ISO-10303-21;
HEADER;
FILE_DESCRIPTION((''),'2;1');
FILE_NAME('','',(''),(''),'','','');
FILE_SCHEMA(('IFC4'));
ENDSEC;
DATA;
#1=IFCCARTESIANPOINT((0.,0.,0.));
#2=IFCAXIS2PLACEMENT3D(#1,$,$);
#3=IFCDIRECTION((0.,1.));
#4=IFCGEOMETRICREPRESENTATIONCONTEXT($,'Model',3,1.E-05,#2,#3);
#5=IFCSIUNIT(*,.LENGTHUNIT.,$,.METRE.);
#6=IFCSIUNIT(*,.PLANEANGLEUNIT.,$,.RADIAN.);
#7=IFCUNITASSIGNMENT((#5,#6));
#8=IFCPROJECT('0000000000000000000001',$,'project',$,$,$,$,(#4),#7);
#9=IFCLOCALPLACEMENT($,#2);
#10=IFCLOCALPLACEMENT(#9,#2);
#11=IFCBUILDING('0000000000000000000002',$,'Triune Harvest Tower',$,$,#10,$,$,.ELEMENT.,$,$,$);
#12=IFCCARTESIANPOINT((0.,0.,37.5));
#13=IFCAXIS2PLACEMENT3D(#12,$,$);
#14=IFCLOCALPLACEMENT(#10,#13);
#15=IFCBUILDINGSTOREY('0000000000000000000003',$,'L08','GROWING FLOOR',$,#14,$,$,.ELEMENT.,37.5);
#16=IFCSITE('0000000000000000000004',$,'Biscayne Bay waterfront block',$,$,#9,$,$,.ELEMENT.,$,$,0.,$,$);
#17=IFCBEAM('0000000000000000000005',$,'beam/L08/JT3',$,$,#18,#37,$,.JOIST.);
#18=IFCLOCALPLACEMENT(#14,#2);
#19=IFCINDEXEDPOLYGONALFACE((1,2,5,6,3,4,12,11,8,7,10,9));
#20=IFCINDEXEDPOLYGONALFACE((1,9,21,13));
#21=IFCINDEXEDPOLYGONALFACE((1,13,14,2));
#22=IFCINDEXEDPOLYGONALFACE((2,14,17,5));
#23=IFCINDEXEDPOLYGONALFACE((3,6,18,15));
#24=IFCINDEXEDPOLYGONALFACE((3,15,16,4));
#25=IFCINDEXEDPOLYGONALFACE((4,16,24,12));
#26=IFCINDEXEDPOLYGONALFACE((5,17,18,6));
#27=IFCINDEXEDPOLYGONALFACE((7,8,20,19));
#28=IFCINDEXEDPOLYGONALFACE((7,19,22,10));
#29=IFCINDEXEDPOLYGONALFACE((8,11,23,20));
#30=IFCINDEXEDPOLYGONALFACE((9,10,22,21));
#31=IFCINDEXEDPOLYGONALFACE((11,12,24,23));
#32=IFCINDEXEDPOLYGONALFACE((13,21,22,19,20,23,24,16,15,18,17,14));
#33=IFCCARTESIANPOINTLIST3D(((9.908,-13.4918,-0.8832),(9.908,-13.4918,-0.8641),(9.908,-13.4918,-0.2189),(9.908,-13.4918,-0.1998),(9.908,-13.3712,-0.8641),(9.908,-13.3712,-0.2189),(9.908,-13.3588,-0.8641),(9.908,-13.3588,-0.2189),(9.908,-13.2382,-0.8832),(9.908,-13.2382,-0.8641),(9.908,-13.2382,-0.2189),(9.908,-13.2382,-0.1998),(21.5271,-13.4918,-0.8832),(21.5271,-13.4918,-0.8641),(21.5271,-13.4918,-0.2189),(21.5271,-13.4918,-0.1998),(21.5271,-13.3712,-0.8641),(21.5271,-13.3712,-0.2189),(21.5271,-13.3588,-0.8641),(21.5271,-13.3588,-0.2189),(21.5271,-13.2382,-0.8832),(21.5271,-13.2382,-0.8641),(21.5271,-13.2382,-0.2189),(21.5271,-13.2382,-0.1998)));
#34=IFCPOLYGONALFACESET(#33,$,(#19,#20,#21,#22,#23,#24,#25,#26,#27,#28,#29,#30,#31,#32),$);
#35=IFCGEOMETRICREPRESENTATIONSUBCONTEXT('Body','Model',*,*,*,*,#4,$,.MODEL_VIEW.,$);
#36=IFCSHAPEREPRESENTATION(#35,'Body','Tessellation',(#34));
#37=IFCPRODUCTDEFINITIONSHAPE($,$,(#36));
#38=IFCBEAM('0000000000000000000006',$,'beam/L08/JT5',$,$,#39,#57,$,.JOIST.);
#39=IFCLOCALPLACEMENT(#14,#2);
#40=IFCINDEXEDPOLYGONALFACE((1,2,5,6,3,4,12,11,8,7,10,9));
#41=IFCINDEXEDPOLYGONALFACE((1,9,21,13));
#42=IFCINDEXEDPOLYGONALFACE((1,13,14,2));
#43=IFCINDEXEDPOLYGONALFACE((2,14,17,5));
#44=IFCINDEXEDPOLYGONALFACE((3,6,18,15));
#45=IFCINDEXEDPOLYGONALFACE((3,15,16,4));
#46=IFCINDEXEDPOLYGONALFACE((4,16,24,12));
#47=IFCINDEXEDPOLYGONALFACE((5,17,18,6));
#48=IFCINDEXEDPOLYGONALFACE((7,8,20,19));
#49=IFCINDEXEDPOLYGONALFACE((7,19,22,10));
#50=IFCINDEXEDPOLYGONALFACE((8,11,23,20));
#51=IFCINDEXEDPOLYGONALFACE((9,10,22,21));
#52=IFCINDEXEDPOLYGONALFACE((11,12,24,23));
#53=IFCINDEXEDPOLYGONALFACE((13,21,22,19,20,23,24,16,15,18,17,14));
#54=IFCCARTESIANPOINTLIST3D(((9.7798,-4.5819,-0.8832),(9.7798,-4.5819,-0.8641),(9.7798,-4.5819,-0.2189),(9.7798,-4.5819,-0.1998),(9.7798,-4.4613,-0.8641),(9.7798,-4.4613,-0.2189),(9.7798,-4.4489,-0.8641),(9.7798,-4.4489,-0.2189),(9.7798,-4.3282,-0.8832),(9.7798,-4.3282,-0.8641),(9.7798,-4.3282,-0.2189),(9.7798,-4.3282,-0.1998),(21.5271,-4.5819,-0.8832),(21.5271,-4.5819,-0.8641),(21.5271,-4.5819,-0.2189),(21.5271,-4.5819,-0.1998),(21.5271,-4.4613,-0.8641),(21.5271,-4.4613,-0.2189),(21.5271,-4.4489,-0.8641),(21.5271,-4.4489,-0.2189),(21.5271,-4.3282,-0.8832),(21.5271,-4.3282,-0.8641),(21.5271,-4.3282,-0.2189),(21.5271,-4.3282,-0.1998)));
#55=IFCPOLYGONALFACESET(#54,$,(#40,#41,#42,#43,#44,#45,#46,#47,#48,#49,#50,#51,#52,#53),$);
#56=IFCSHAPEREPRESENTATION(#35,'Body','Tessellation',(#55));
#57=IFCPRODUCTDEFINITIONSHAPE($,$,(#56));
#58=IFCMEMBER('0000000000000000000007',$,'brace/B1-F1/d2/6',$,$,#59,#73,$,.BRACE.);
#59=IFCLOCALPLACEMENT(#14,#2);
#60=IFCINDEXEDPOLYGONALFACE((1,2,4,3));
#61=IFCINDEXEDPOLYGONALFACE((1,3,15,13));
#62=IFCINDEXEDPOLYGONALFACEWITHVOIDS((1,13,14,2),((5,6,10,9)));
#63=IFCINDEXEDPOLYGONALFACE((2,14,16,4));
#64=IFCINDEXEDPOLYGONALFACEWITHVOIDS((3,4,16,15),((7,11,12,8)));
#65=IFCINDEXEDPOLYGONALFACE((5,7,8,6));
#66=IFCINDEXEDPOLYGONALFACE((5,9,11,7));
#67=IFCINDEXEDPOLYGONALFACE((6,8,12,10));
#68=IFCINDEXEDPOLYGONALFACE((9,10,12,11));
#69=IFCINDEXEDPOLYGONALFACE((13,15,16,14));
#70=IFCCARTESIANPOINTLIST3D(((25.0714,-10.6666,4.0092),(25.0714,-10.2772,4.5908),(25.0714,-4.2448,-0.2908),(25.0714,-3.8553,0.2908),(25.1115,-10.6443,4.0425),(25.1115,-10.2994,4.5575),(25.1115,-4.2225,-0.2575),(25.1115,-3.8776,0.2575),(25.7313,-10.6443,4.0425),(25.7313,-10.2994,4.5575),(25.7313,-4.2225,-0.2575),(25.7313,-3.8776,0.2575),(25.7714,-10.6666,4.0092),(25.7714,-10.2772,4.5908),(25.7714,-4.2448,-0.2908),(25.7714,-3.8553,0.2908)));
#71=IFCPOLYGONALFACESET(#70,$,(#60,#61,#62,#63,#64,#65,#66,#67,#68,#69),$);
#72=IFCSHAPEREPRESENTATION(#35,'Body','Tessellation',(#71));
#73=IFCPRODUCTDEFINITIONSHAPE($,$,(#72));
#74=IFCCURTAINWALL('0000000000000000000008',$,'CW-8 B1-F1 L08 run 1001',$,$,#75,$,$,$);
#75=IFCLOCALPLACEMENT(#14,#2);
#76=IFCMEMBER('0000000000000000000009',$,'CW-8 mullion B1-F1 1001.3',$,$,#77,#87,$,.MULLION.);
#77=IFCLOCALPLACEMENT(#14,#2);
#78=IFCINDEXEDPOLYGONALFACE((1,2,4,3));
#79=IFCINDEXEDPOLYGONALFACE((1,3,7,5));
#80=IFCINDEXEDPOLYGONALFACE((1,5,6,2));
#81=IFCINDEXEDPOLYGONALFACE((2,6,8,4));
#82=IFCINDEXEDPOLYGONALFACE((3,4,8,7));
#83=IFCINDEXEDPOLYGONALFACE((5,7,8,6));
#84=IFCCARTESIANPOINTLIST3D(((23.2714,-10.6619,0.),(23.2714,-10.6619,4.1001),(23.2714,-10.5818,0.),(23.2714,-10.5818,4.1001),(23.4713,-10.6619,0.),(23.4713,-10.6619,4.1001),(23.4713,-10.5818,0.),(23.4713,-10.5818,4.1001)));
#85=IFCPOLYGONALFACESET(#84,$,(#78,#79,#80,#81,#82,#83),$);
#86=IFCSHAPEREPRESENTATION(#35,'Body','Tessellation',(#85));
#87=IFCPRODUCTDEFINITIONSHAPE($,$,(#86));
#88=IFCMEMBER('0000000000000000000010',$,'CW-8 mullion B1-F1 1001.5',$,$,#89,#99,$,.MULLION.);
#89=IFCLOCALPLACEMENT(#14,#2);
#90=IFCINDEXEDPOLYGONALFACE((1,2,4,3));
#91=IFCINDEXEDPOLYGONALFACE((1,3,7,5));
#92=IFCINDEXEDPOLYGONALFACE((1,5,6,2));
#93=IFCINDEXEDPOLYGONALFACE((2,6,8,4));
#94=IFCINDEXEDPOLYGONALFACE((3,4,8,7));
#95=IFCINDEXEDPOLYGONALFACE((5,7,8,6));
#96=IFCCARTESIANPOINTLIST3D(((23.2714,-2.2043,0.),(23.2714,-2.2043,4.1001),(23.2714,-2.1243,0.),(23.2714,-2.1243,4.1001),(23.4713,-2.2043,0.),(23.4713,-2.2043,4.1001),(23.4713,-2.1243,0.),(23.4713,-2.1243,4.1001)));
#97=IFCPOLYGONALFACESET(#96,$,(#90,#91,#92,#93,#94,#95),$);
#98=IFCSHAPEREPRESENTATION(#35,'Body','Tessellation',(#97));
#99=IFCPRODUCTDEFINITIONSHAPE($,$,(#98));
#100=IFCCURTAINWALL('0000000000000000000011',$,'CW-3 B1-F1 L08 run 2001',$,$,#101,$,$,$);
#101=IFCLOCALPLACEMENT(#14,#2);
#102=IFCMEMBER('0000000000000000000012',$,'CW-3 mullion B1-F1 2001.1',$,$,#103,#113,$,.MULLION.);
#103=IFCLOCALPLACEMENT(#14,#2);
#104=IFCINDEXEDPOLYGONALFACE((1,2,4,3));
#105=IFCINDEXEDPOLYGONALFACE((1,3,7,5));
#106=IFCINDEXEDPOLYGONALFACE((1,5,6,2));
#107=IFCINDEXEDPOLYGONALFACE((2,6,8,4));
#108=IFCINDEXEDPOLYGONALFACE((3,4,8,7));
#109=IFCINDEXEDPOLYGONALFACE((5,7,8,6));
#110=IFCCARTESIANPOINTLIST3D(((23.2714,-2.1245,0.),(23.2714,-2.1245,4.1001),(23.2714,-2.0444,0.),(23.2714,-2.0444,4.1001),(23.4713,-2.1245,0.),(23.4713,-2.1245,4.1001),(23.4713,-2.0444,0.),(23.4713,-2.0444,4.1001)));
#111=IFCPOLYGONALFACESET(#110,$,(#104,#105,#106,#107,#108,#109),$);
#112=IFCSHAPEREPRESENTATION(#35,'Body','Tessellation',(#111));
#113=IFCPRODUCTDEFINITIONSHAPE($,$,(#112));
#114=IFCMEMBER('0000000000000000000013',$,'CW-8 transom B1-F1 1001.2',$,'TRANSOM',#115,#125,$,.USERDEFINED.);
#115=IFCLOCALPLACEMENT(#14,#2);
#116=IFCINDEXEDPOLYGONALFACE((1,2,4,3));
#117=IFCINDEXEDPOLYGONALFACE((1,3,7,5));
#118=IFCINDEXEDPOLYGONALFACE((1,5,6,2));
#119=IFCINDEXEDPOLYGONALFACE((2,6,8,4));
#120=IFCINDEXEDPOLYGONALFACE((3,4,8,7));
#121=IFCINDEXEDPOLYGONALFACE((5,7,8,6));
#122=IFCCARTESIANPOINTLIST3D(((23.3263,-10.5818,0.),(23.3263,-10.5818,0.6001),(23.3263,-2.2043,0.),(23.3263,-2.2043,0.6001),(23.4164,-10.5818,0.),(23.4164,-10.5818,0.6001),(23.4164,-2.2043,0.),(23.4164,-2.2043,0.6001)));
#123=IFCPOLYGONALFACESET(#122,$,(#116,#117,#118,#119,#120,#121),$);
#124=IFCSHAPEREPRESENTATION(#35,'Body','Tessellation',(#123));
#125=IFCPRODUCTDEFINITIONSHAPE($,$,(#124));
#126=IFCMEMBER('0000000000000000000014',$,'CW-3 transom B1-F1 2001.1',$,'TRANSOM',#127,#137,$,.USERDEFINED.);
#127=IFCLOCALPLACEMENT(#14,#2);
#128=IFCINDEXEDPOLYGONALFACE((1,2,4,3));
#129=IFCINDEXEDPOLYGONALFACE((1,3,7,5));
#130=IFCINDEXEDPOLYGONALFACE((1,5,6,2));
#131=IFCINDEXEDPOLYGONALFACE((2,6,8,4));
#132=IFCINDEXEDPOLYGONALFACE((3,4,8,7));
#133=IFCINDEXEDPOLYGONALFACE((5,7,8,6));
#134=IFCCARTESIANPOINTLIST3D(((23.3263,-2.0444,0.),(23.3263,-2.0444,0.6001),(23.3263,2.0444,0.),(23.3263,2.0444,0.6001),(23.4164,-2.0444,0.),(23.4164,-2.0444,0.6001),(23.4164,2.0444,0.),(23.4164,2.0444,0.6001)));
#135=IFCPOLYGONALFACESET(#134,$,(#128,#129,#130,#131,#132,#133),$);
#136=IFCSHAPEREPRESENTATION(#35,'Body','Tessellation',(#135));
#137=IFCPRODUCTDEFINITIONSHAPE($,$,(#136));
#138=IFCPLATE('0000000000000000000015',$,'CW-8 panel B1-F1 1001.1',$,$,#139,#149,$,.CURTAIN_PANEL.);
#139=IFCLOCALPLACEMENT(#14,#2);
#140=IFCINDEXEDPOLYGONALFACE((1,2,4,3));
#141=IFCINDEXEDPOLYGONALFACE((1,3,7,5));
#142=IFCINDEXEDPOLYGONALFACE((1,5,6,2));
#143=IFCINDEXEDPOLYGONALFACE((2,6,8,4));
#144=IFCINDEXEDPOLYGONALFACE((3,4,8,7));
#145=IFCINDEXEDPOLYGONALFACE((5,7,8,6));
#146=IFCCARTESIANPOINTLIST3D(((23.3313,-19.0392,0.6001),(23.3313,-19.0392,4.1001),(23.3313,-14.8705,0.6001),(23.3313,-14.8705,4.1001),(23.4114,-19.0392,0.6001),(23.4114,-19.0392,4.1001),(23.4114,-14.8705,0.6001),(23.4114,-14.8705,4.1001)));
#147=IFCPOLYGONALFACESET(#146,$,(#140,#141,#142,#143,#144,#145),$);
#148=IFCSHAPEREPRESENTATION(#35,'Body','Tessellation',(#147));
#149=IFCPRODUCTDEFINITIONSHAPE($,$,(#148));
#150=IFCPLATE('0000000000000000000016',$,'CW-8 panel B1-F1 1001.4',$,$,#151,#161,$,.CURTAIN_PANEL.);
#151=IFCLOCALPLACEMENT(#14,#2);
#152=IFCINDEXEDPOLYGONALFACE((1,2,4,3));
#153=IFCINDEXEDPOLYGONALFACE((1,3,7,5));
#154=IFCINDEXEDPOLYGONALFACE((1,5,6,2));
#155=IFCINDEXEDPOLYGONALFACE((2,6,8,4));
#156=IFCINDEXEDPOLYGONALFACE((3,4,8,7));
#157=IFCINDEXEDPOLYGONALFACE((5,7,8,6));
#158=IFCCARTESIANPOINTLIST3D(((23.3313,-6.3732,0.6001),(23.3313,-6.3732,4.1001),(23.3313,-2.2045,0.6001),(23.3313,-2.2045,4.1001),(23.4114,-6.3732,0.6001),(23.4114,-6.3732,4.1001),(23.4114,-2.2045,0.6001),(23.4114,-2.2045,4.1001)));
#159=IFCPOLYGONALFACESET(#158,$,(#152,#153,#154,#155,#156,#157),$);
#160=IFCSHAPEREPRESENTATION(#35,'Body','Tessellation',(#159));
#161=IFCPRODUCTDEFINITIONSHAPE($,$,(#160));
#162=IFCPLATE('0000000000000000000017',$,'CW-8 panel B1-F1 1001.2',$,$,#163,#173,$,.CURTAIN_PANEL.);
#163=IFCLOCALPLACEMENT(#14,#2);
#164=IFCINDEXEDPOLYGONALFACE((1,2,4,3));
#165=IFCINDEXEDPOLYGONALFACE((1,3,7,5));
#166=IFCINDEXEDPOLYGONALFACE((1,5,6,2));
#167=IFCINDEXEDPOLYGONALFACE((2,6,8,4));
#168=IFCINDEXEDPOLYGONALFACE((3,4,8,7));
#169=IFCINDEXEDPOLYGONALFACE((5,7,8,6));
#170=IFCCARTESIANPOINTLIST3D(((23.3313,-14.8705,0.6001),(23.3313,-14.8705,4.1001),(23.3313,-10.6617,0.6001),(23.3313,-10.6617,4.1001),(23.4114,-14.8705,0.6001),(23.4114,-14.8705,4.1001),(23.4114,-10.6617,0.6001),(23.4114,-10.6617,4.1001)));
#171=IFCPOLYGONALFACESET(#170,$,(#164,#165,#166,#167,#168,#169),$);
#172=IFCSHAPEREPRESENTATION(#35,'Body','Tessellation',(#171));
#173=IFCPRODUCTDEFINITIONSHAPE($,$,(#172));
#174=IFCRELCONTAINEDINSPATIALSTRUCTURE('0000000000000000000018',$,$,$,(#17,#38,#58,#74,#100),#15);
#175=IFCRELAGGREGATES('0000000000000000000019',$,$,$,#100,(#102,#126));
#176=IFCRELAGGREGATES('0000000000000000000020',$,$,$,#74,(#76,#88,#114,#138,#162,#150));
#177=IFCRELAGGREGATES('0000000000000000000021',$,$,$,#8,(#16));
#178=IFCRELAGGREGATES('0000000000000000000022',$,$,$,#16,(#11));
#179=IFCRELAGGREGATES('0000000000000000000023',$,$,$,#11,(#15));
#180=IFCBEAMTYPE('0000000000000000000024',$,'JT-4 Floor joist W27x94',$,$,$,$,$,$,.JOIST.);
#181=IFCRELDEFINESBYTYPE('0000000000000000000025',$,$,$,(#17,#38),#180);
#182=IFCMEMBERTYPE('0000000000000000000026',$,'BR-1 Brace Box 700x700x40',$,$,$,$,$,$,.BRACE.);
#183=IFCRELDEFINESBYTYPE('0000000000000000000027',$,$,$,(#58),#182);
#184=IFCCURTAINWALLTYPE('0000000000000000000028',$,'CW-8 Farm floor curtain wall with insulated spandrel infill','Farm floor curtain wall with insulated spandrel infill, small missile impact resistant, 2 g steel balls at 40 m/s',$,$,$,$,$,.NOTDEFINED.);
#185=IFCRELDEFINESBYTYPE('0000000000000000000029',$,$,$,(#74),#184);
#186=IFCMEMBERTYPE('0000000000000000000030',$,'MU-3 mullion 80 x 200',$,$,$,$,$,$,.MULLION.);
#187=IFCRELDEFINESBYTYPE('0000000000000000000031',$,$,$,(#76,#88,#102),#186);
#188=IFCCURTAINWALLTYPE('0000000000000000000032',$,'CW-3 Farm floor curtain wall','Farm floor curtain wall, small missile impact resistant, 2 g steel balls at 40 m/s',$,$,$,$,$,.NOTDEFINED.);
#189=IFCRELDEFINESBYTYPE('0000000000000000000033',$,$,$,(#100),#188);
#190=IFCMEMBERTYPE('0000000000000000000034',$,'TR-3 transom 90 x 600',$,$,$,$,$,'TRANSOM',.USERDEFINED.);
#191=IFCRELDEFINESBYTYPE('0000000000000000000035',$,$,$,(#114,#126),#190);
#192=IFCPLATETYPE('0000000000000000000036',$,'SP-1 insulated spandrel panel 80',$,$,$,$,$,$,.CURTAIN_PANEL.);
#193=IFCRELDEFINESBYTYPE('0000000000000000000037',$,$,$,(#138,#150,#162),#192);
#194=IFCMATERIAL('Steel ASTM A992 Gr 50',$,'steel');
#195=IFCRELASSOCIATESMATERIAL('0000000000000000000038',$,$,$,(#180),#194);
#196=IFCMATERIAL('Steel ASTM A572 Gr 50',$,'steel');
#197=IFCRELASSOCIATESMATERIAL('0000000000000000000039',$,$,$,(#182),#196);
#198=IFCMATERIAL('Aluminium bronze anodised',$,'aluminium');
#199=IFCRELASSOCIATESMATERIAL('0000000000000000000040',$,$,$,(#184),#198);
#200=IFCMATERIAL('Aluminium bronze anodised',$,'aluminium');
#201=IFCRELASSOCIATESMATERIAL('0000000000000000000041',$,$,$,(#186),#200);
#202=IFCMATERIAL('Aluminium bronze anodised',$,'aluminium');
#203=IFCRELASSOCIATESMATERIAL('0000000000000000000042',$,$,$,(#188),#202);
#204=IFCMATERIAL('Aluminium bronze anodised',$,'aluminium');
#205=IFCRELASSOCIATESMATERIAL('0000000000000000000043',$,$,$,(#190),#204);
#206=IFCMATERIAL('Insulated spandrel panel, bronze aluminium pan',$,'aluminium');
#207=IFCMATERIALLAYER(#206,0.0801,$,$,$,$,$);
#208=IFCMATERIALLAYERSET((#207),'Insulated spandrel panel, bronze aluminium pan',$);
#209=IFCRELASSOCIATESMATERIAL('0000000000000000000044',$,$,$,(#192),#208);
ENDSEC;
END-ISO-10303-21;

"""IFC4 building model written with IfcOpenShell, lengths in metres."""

from ifc_helpers import new_model, si_unit, direction, frame, origin, origin_2d, place, context, subcontext, project, spatial, rectangle, hollow_rectangle, i_section, extrude, source, transform, mapped, material, layer, layer_set, material_profile, profile_set, type_object, element, aggregate, save


model = new_model("IFC4")

# Units and contexts
model_context = context("Model", 3, precision=1e-05, world=origin(), true_north=direction((0.0, 1.0)))
body_context = subcontext(model_context, "Body", "Model", "MODEL_VIEW")
ifc_project = project(units=[si_unit("LENGTHUNIT", "METRE"), si_unit("PLANEANGLEUNIT", "RADIAN")], contexts=[model_context])

# Site, building, storey
site_placement = place(None, origin())
site = spatial("IfcSite", under=ifc_project, at=site_placement, Name="Biscayne Bay waterfront block", CompositionType="ELEMENT", RefElevation=0.0)
building_placement = place(site_placement, origin())
building = spatial("IfcBuilding", under=site, at=building_placement, Name="Triune Harvest Tower", CompositionType="ELEMENT")
storey_placement = place(building_placement, frame((0.0, 0.0, 37.5)))
storey = spatial("IfcBuildingStorey", under=building, at=storey_placement, Name="L08", Description="GROWING FLOOR", CompositionType="ELEMENT", Elevation=37.5)

# Beams
ifc_material_1 = material(Name="Steel ASTM A992 Gr 50", Category="steel")
ifc_material_profile_1 = material_profile(ifc_material_1, i_section(OverallWidth=0.2537, OverallDepth=0.6833, WebThickness=0.0125, FlangeThickness=0.019, at=origin_2d()), Name="W27x94")
ifc_profile_set_1 = profile_set([ifc_material_profile_1], Name="Steel ASTM A992 Gr 50")
beam_type_1 = type_object("IfcBeamType", Name="JT-4 Floor joist W27x94", PredefinedType="JOIST", material=ifc_profile_set_1)
shared_shape_1 = source(origin(), body_context, "Body", "SweptSolid", [
    extrude(i_section(OverallWidth=0.2537, OverallDepth=0.6833, WebThickness=0.0125, FlangeThickness=0.019, at=origin_2d()), origin(), (0.0, 0.0, 1.0), 11.6191),
])
beam_1_placement = place(storey_placement, frame((21.5271, -13.365, -0.5415), z_axis=(-1.0, 0.0, 0.0), x_axis=(0.0, -1.0, 0.0)))
element("IfcBeam", 1, at=beam_1_placement, inside=storey, type_object=beam_type_1, Name="beam/L08/JT3", PredefinedType="JOIST", context=body_context, shape_type="MappedRepresentation", body=[
    mapped(shared_shape_1, transform((0.0, 0.0, 0.0), scale=1.0)),
])
shared_shape_2 = source(origin(), body_context, "Body", "SweptSolid", [
    extrude(i_section(OverallWidth=0.2537, OverallDepth=0.6833, WebThickness=0.0125, FlangeThickness=0.019, at=origin_2d()), origin(), (0.0, 0.0, 1.0), 11.7473),
])
beam_2_placement = place(storey_placement, frame((21.5271, -4.4551, -0.5415), z_axis=(-1.0, 0.0, 0.0), x_axis=(0.0, -1.0, 0.0)))
element("IfcBeam", 2, at=beam_2_placement, inside=storey, type_object=beam_type_1, Name="beam/L08/JT5", PredefinedType="JOIST", context=body_context, shape_type="MappedRepresentation", body=[
    mapped(shared_shape_2, transform((0.0, 0.0, 0.0), scale=1.0)),
])

# Member
ifc_material_2 = material(Name="Steel ASTM A572 Gr 50", Category="steel")
ifc_material_profile_2 = material_profile(ifc_material_2, hollow_rectangle(XDim=0.7, YDim=0.7, WallThickness=0.04, at=origin_2d()), Name="Box 700x700x40")
ifc_profile_set_2 = profile_set([ifc_material_profile_2], Name="Steel ASTM A572 Gr 50")
member_type_1 = type_object("IfcMemberType", Name="BR-1 Brace Box 700x700x40", PredefinedType="BRACE", material=ifc_profile_set_2)
shared_shape_3 = source(origin(), body_context, "Body", "SweptSolid", [
    extrude(hollow_rectangle(XDim=0.7, YDim=0.7, WallThickness=0.04, at=origin_2d()), origin(), (0.0, 0.0, 1.0), 7.7285),
])
member_1_placement = place(storey_placement, frame((25.4214, -4.05, 0.0), z_axis=(0.0, -0.830926, 0.556383), x_axis=(1.0, 0.0, 0.0)))
element("IfcMember", 3, at=member_1_placement, inside=storey, type_object=member_type_1, Name="brace/B1-F1/d2/6", PredefinedType="BRACE", context=body_context, shape_type="MappedRepresentation", body=[
    mapped(shared_shape_3, transform((0.0, 0.0, 0.0), scale=1.0)),
])

# Curtain wall, members
ifc_material_3 = material(Name="Aluminium bronze anodised", Category="aluminium")
curtain_wall_type_1 = type_object("IfcCurtainWallType", Name="CW-8 Farm floor curtain wall with insulated spandrel infill", Description="Farm floor curtain wall with insulated spandrel infill, small missile impact resistant, 2 g steel balls at 40 m/s", PredefinedType="NOTDEFINED", material=ifc_material_3)
curtain_wall_1_placement = place(storey_placement, origin())
curtain_wall_1 = element("IfcCurtainWall", 4, at=curtain_wall_1_placement, inside=storey, type_object=curtain_wall_type_1, Name="CW-8 B1-F1 L08 run 1001")
ifc_material_4 = material(Name="Aluminium bronze anodised", Category="aluminium")
ifc_material_profile_3 = material_profile(ifc_material_4, rectangle(XDim=0.2, YDim=0.0801, at=origin_2d()), Name="MU-3 mullion 80 x 200")
ifc_profile_set_3 = profile_set([ifc_material_profile_3], Name="Aluminium bronze anodised")
member_type_2 = type_object("IfcMemberType", Name="MU-3 mullion 80 x 200", PredefinedType="MULLION", material=ifc_profile_set_3)
shared_shape_4 = source(origin(), body_context, "Body", "SweptSolid", [
    extrude(rectangle(XDim=0.2, YDim=0.0801, at=origin_2d()), origin(), (0.0, 0.0, 1.0), 4.1001),
])
member_2_placement = place(storey_placement, frame((23.3713, -10.6218, 0.0), z_axis=(0.0, 0.0, 1.0), x_axis=(-1.0, 0.0, 0.0)))
member_2 = element("IfcMember", 5, at=member_2_placement, type_object=member_type_2, Name="CW-8 mullion B1-F1 1001.3", PredefinedType="MULLION", context=body_context, shape_type="MappedRepresentation", body=[
    mapped(shared_shape_4, transform((0.0, 0.0, 0.0), scale=1.0)),
])
member_3_placement = place(storey_placement, frame((23.3713, -2.1643, 0.0), z_axis=(0.0, 0.0, 1.0), x_axis=(-1.0, 0.0, 0.0)))
member_3 = element("IfcMember", 6, at=member_3_placement, type_object=member_type_2, Name="CW-8 mullion B1-F1 1001.5", PredefinedType="MULLION", context=body_context, shape_type="MappedRepresentation", body=[
    mapped(shared_shape_4, transform((0.0, 0.0, 0.0), scale=1.0)),
])

# Curtain wall, member
ifc_material_5 = material(Name="Aluminium bronze anodised", Category="aluminium")
curtain_wall_type_2 = type_object("IfcCurtainWallType", Name="CW-3 Farm floor curtain wall", Description="Farm floor curtain wall, small missile impact resistant, 2 g steel balls at 40 m/s", PredefinedType="NOTDEFINED", material=ifc_material_5)
curtain_wall_2_placement = place(storey_placement, origin())
curtain_wall_2 = element("IfcCurtainWall", 7, at=curtain_wall_2_placement, inside=storey, type_object=curtain_wall_type_2, Name="CW-3 B1-F1 L08 run 2001")
member_4_placement = place(storey_placement, frame((23.3713, -2.0845, 0.0), z_axis=(0.0, 0.0, 1.0), x_axis=(-1.0, 0.0, 0.0)))
member_4 = element("IfcMember", 8, at=member_4_placement, type_object=member_type_2, Name="CW-3 mullion B1-F1 2001.1", PredefinedType="MULLION", context=body_context, shape_type="MappedRepresentation", body=[
    mapped(shared_shape_4, transform((0.0, 0.0, 0.0), scale=1.0)),
])

# Members
ifc_material_6 = material(Name="Aluminium bronze anodised", Category="aluminium")
ifc_material_profile_4 = material_profile(ifc_material_6, rectangle(XDim=0.0901, YDim=0.6001, at=origin_2d()), Name="TR-3 transom 90 x 600")
ifc_profile_set_4 = profile_set([ifc_material_profile_4], Name="Aluminium bronze anodised")
member_type_3 = type_object("IfcMemberType", Name="TR-3 transom 90 x 600", ElementType="TRANSOM", PredefinedType="USERDEFINED", material=ifc_profile_set_4)
shared_shape_5 = source(origin(), body_context, "Body", "SweptSolid", [
    extrude(rectangle(XDim=0.0901, YDim=0.6001, at=origin_2d()), origin(), (0.0, 0.0, 1.0), 8.3774),
])
member_5_placement = place(storey_placement, frame((23.3713, -10.5818, 0.3), z_axis=(0.0, 1.0, 0.0), x_axis=(-1.0, 0.0, 0.0)))
member_5 = element("IfcMember", 9, at=member_5_placement, type_object=member_type_3, Name="CW-8 transom B1-F1 1001.2", ObjectType="TRANSOM", PredefinedType="USERDEFINED", context=body_context, shape_type="MappedRepresentation", body=[
    mapped(shared_shape_5, transform((0.0, 0.0, 0.0), scale=1.0)),
])
shared_shape_6 = source(origin(), body_context, "Body", "SweptSolid", [
    extrude(rectangle(XDim=0.0901, YDim=0.6001, at=origin_2d()), origin(), (0.0, 0.0, 1.0), 4.0889),
])
member_6_placement = place(storey_placement, frame((23.3713, -2.0444, 0.3), z_axis=(0.0, 1.0, 0.0), x_axis=(-1.0, 0.0, 0.0)))
member_6 = element("IfcMember", 10, at=member_6_placement, type_object=member_type_3, Name="CW-3 transom B1-F1 2001.1", ObjectType="TRANSOM", PredefinedType="USERDEFINED", context=body_context, shape_type="MappedRepresentation", body=[
    mapped(shared_shape_6, transform((0.0, 0.0, 0.0), scale=1.0)),
])
aggregate(curtain_wall_2, [member_4, member_6])

# Plates
ifc_material_7 = material(Name="Insulated spandrel panel, bronze aluminium pan", Category="aluminium")
ifc_layer_1 = layer(ifc_material_7, 0.0801)
ifc_layer_set_1 = layer_set([ifc_layer_1], Name="Insulated spandrel panel, bronze aluminium pan")
plate_type = type_object("IfcPlateType", Name="SP-1 insulated spandrel panel 80", PredefinedType="CURTAIN_PANEL", material=ifc_layer_set_1)
shared_shape_7 = source(origin(), body_context, "Body", "SweptSolid", [
    extrude(rectangle(XDim=4.1687, YDim=0.0801, at=origin_2d()), origin(), (0.0, 0.0, 1.0), 3.5),
])
plate_1_placement = place(storey_placement, frame((23.3713, -16.9548, 0.6001), z_axis=(0.0, 0.0, 1.0), x_axis=(0.0, 1.0, 0.0)))
plate_1 = element("IfcPlate", 11, at=plate_1_placement, type_object=plate_type, Name="CW-8 panel B1-F1 1001.1", PredefinedType="CURTAIN_PANEL", context=body_context, shape_type="MappedRepresentation", body=[
    mapped(shared_shape_7, transform((0.0, 0.0, 0.0), scale=1.0)),
])
plate_2_placement = place(storey_placement, frame((23.3713, -4.2888, 0.6001), z_axis=(0.0, 0.0, 1.0), x_axis=(0.0, 1.0, 0.0)))
plate_2 = element("IfcPlate", 12, at=plate_2_placement, type_object=plate_type, Name="CW-8 panel B1-F1 1001.4", PredefinedType="CURTAIN_PANEL", context=body_context, shape_type="MappedRepresentation", body=[
    mapped(shared_shape_7, transform((0.0, 0.0, 0.0), scale=1.0)),
])
shared_shape_8 = source(origin(), body_context, "Body", "SweptSolid", [
    extrude(rectangle(XDim=4.2087, YDim=0.0801, at=origin_2d()), origin(), (0.0, 0.0, 1.0), 3.5),
])
plate_3_placement = place(storey_placement, frame((23.3713, -12.7661, 0.6001), z_axis=(0.0, 0.0, 1.0), x_axis=(0.0, 1.0, 0.0)))
plate_3 = element("IfcPlate", 13, at=plate_3_placement, type_object=plate_type, Name="CW-8 panel B1-F1 1001.2", PredefinedType="CURTAIN_PANEL", context=body_context, shape_type="MappedRepresentation", body=[
    mapped(shared_shape_8, transform((0.0, 0.0, 0.0), scale=1.0)),
])
aggregate(curtain_wall_1, [member_2, member_3, member_5, plate_1, plate_3, plate_2])

save(model, "model.ifc")
